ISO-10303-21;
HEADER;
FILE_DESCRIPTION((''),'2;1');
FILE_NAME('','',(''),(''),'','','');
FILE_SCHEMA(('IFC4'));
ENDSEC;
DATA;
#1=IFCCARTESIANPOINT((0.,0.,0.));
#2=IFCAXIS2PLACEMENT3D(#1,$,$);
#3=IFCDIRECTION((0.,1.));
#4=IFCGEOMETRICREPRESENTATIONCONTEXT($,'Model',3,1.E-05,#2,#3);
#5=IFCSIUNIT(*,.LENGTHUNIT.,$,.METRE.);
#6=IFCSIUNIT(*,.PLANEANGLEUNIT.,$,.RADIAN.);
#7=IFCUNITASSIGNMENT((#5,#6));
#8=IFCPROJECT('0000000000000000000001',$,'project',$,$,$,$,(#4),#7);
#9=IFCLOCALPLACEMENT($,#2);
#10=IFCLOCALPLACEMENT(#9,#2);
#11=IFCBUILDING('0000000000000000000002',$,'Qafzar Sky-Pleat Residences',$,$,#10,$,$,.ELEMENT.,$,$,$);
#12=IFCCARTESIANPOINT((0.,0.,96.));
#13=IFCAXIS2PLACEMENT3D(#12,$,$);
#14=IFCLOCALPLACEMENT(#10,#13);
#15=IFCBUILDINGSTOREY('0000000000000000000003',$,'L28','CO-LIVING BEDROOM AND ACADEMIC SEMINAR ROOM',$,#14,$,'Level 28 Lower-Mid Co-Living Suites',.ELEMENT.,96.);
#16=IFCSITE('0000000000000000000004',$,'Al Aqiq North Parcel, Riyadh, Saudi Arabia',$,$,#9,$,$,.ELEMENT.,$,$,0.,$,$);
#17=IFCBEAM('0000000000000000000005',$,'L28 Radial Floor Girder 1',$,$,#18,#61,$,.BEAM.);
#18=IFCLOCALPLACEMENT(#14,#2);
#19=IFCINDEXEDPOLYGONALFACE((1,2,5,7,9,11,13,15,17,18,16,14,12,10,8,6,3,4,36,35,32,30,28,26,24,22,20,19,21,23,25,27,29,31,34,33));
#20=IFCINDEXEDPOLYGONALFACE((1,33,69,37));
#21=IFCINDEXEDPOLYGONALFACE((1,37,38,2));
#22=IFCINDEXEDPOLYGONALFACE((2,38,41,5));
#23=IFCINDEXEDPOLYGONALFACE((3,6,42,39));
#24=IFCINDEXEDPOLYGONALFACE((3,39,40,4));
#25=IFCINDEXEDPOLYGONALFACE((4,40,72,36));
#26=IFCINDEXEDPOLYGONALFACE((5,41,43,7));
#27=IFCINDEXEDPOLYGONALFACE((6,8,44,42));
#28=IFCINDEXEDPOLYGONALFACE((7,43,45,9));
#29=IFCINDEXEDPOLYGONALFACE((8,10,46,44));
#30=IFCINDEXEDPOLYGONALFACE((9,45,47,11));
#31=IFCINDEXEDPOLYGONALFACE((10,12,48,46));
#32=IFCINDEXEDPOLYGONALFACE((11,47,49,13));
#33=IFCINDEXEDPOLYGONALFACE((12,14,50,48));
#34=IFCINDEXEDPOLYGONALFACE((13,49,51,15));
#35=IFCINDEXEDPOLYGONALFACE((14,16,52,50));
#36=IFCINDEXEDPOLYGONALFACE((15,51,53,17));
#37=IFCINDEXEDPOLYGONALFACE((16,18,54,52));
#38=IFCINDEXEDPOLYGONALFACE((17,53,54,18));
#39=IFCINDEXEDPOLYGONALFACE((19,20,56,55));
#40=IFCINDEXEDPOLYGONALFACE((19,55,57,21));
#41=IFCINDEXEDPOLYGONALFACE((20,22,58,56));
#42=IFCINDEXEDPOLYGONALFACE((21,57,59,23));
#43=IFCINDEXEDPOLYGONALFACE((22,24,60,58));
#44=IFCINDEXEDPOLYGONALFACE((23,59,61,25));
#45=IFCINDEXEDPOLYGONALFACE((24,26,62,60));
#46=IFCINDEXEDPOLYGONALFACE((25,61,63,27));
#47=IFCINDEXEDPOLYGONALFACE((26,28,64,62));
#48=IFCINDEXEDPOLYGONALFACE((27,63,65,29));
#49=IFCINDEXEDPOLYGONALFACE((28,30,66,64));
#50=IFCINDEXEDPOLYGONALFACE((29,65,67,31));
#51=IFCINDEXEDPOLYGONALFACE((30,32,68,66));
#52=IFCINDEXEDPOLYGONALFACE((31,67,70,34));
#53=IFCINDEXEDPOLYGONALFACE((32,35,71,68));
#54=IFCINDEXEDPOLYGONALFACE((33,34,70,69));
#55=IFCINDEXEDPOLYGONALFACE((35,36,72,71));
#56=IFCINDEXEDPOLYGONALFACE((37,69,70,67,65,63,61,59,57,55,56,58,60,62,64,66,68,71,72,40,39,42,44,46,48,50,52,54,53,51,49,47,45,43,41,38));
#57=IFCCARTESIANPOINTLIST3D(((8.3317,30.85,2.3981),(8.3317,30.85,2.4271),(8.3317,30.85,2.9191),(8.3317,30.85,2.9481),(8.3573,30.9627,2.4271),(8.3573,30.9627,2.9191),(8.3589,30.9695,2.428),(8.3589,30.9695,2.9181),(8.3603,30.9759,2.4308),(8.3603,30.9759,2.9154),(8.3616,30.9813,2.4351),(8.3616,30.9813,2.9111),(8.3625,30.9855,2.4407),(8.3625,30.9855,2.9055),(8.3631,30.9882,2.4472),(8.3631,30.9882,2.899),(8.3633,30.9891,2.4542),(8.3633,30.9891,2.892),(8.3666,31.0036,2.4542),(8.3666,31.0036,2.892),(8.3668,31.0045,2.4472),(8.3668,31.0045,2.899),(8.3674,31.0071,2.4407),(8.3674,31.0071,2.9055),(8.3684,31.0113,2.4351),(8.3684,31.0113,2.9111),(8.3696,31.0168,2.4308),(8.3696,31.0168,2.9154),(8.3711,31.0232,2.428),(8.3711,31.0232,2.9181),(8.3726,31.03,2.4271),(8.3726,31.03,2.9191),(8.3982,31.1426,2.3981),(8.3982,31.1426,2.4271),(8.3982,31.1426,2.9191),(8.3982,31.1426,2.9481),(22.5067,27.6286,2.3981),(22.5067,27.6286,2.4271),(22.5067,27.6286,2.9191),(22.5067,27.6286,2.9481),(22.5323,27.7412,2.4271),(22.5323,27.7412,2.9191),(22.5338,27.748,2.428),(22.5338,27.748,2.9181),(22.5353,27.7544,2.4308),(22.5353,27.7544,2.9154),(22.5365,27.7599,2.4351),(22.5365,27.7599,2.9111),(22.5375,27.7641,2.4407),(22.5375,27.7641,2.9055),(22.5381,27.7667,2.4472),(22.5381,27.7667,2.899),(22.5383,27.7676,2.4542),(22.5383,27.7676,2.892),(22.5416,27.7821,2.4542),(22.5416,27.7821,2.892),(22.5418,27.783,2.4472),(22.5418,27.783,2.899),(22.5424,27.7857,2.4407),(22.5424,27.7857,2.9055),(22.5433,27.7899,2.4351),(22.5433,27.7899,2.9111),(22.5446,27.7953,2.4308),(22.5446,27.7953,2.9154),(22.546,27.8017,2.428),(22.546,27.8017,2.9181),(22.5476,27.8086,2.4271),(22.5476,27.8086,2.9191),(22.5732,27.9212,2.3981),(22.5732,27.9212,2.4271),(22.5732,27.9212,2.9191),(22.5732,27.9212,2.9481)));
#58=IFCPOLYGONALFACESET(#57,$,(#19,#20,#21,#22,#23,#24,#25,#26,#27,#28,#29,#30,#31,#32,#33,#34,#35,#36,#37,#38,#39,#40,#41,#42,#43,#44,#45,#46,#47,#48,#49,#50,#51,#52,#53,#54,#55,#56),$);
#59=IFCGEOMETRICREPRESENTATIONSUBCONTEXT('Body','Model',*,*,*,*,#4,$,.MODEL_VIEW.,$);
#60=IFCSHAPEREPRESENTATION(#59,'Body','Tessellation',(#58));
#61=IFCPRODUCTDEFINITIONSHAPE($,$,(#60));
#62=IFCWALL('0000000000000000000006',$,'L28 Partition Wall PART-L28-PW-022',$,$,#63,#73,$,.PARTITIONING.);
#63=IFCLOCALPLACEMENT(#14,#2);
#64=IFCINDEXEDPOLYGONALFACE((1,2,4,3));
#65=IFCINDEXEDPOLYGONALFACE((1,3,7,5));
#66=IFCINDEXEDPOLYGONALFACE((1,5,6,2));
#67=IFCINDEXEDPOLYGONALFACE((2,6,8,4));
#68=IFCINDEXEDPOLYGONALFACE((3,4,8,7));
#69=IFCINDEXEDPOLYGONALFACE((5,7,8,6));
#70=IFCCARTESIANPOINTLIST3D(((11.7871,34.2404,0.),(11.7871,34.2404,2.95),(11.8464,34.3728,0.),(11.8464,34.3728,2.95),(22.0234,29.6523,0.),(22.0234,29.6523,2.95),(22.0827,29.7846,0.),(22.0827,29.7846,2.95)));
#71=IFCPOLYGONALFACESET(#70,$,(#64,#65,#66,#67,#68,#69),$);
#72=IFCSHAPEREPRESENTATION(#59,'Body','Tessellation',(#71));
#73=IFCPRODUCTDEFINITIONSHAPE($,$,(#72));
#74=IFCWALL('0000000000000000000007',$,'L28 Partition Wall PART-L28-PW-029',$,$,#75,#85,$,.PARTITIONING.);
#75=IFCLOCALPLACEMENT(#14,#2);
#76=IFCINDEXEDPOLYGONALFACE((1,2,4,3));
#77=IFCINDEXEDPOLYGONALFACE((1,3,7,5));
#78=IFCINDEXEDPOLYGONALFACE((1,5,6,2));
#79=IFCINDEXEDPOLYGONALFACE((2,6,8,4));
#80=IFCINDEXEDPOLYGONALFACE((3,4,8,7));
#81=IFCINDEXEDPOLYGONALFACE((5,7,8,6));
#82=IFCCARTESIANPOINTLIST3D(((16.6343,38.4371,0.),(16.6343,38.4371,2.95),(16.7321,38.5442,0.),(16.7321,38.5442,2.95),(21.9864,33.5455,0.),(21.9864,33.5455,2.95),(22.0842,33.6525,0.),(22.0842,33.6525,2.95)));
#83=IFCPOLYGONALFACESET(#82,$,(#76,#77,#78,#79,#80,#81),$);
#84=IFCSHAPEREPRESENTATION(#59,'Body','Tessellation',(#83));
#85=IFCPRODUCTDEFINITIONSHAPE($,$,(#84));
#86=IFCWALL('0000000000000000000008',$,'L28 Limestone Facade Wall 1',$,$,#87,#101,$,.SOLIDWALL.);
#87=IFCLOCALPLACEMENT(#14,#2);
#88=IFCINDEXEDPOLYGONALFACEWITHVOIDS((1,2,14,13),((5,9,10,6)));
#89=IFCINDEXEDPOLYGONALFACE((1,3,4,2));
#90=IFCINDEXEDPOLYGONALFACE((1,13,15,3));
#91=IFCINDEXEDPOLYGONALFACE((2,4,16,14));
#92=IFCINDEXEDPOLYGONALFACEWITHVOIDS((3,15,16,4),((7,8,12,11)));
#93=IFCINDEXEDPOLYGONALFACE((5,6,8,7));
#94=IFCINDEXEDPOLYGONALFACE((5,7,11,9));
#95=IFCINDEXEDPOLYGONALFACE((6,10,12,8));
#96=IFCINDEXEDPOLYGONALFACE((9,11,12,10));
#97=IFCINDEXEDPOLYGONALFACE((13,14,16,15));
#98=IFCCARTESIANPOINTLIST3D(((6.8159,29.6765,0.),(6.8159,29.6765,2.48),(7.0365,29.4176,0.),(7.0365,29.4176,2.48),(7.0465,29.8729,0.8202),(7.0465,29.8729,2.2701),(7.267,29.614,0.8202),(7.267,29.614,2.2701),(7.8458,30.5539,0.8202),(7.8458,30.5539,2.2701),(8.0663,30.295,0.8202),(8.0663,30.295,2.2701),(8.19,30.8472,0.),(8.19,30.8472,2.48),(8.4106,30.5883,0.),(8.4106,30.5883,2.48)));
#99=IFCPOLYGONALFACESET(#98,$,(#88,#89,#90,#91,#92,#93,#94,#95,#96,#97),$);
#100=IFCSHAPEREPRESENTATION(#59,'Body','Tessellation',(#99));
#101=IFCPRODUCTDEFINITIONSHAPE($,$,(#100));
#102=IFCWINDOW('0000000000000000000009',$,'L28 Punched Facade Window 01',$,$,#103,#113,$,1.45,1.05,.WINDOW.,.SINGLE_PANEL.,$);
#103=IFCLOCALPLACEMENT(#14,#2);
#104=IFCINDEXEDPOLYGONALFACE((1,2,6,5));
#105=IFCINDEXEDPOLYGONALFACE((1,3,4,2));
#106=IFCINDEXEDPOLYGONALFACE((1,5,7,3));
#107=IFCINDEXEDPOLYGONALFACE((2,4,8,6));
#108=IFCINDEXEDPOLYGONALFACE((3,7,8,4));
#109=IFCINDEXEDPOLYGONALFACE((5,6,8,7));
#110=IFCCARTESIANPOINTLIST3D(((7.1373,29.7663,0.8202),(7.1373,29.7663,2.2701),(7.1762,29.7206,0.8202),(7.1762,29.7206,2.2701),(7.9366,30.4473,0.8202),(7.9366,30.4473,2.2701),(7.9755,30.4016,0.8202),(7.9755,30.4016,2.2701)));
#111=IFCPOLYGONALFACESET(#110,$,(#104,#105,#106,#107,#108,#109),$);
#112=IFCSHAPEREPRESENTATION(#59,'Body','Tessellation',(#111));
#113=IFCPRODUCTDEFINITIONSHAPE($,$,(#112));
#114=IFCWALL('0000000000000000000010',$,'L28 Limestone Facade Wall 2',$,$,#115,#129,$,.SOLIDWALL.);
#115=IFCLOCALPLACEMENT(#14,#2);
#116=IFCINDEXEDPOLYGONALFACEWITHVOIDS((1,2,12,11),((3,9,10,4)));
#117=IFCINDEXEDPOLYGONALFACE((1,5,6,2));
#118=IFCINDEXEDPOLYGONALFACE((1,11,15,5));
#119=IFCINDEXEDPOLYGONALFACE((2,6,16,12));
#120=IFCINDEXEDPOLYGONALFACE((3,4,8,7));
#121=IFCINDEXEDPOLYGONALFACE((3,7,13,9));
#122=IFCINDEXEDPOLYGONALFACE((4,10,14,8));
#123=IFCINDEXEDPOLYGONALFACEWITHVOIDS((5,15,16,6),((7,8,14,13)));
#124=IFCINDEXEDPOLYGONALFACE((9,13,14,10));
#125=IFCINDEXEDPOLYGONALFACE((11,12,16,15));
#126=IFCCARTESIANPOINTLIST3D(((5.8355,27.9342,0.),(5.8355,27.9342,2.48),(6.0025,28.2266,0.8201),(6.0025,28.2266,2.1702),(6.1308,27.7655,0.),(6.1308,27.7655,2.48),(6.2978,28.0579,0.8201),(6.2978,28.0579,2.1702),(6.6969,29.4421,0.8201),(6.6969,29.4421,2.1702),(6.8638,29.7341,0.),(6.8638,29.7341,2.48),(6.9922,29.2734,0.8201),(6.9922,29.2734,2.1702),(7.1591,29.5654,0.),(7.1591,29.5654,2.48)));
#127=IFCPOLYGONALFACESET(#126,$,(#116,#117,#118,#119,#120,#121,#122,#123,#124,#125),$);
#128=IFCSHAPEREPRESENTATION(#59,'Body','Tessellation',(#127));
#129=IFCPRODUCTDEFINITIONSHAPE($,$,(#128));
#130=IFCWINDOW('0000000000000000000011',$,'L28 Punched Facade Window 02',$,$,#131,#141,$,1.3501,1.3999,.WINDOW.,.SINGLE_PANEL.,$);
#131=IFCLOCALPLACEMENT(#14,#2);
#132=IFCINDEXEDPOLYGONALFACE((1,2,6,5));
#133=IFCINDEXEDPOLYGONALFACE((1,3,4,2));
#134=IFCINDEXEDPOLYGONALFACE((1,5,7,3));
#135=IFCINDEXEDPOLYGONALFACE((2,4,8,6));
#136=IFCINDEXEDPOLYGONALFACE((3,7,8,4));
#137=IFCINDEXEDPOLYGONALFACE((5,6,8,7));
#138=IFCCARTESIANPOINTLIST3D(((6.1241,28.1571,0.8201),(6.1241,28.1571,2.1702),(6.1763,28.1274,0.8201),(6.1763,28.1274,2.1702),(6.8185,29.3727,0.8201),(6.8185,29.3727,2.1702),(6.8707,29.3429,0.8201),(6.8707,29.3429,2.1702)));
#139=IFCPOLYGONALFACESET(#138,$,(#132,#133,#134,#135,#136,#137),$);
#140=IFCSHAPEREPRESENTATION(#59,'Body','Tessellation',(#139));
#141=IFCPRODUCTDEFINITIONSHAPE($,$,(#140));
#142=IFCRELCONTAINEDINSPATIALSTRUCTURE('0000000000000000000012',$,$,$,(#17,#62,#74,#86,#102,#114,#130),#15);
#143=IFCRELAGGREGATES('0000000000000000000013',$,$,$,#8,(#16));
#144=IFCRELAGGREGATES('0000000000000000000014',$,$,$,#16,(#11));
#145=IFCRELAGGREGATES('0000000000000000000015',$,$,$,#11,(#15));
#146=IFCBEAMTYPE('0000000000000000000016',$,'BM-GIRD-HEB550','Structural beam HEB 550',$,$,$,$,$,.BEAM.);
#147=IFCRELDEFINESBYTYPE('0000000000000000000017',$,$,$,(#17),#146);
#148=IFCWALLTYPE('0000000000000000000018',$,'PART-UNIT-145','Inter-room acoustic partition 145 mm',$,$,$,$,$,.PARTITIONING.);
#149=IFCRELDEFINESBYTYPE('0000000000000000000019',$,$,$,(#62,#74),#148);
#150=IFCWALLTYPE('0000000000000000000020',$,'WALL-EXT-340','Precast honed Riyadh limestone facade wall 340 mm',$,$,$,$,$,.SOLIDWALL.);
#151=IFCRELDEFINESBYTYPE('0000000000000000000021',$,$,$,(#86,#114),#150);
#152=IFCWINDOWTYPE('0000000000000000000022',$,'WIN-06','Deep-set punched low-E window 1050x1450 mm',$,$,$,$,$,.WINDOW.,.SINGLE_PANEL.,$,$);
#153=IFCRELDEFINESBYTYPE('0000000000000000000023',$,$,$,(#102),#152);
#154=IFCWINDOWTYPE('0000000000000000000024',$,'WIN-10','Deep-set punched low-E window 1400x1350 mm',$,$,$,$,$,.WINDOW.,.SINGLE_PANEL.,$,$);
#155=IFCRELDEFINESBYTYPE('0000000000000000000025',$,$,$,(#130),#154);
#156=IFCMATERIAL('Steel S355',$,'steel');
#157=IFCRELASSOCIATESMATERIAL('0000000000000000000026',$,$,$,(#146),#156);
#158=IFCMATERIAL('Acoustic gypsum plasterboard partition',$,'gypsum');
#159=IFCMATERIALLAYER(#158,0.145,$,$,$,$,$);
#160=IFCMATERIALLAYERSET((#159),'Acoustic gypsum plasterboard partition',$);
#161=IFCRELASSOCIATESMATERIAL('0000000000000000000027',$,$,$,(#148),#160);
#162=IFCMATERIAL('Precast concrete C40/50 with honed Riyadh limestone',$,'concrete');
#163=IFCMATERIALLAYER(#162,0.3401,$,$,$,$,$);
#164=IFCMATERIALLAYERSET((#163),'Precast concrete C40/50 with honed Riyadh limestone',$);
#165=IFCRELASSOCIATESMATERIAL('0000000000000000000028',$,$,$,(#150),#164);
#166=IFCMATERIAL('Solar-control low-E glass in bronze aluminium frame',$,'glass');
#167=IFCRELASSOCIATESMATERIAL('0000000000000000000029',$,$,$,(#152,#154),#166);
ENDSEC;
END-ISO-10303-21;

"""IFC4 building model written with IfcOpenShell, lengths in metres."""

from ifc_helpers import new_model, si_unit, direction, frame, frame_2d, origin, origin_2d, place, context, subcontext, project, spatial, rectangle, i_section, extrude, source, transform, mapped, material, layer, layer_set, material_profile, profile_set, type_object, element, fill, save


model = new_model("IFC4")

# Units and contexts
model_context = context("Model", 3, precision=1e-05, world=origin(), true_north=direction((0.0, 1.0)))
body_context = subcontext(model_context, "Body", "Model", "MODEL_VIEW")
ifc_project = project(units=[si_unit("LENGTHUNIT", "METRE"), si_unit("PLANEANGLEUNIT", "RADIAN")], contexts=[model_context])

# Site, building, storey
site_placement = place(None, origin())
site = spatial("IfcSite", under=ifc_project, at=site_placement, Name="Al Aqiq North Parcel, Riyadh, Saudi Arabia", CompositionType="ELEMENT", RefElevation=0.0)
building_placement = place(site_placement, origin())
building = spatial("IfcBuilding", under=site, at=building_placement, Name="Qafzar Sky-Pleat Residences", CompositionType="ELEMENT")
storey_placement = place(building_placement, frame((0.0, 0.0, 96.0)))
storey = spatial("IfcBuildingStorey", under=building, at=storey_placement, Name="L28", Description="CO-LIVING BEDROOM AND ACADEMIC SEMINAR ROOM", LongName="Level 28 Lower-Mid Co-Living Suites", CompositionType="ELEMENT", Elevation=96.0)

# Beam
ifc_material_1 = material(Name="Steel S355", Category="steel")
ifc_material_profile_1 = material_profile(ifc_material_1, i_section(OverallWidth=0.3, OverallDepth=0.55, WebThickness=0.0149, FlangeThickness=0.0291, FilletRadius=0.0271, at=origin_2d()), Name="HEB 550")
ifc_profile_set_1 = profile_set([ifc_material_profile_1], Name="Steel S355")
beam_type_1 = type_object("IfcBeamType", Name="BM-GIRD-HEB550", Description="Structural beam HEB 550", PredefinedType="BEAM", material=ifc_profile_set_1)
shared_shape_1 = source(origin(), body_context, "Body", "SweptSolid", [
    extrude(i_section(OverallWidth=0.3, OverallDepth=0.55, WebThickness=0.0149, FlangeThickness=0.0291, FilletRadius=0.0271, at=origin_2d()), origin(), (0.0, 0.0, 1.0), 14.5364),
])
beam_1_placement = place(storey_placement, frame((8.365, 30.9963, 2.6731), z_axis=(0.975135, -0.221614, 0.0), x_axis=(0.221614, 0.975135, 0.0)))
element("IfcBeam", 1, at=beam_1_placement, inside=storey, type_object=beam_type_1, Name="L28 Radial Floor Girder 1", PredefinedType="BEAM", context=body_context, shape_type="MappedRepresentation", body=[
    mapped(shared_shape_1, transform((0.0, 0.0, 0.0), x_axis=(1.0, 0.0, 0.0), y_axis=(0.0, 1.0, 0.0), z_axis=(0.0, 0.0, 1.0), scale=1.0)),
])

# Walls
ifc_material_2 = material(Name="Acoustic gypsum plasterboard partition", Category="gypsum")
ifc_layer_1 = layer(ifc_material_2, 0.145)
ifc_layer_set_1 = layer_set([ifc_layer_1], Name="Acoustic gypsum plasterboard partition")
wall_type_1 = type_object("IfcWallType", Name="PART-UNIT-145", Description="Inter-room acoustic partition 145 mm", PredefinedType="PARTITIONING", material=ifc_layer_set_1)
wall_1_placement = place(storey_placement, frame((11.8167, 34.3066, 0.0), z_axis=(0.0, 0.0, 1.0), x_axis=(0.912528, -0.409014, 0.0)))
element("IfcWall", 2, at=wall_1_placement, inside=storey, type_object=wall_type_1, Name="L28 Partition Wall PART-L28-PW-022", PredefinedType="PARTITIONING", context=body_context, shape_type="SweptSolid", body=[
    extrude(rectangle(XDim=11.2175, YDim=0.145, at=frame_2d((5.6089, 0.0))), origin(), (0.0, 0.0, 1.0), 2.95),
])
wall_2_placement = place(storey_placement, frame((16.6831, 38.4907, 0.0), z_axis=(0.0, 0.0, 1.0), x_axis=(0.738146, -0.674641, 0.0)))
element("IfcWall", 3, at=wall_2_placement, inside=storey, type_object=wall_type_1, Name="L28 Partition Wall PART-L28-PW-029", PredefinedType="PARTITIONING", context=body_context, shape_type="SweptSolid", body=[
    extrude(rectangle(XDim=7.2507, YDim=0.145, at=frame_2d((3.6255, 0.0))), origin(), (0.0, 0.0, 1.0), 2.95),
])

# Walls, openings, windows
ifc_material_3 = material(Name="Precast concrete C40/50 with honed Riyadh limestone", Category="concrete")
ifc_layer_2 = layer(ifc_material_3, 0.3401)
ifc_layer_set_2 = layer_set([ifc_layer_2], Name="Precast concrete C40/50 with honed Riyadh limestone")
wall_type_2 = type_object("IfcWallType", Name="WALL-EXT-340", Description="Precast honed Riyadh limestone facade wall 340 mm", PredefinedType="SOLIDWALL", material=ifc_layer_set_2)
wall_3_placement = place(storey_placement, frame((8.3003, 30.7178, 0.0), z_axis=(0.0, 0.0, 1.0), x_axis=(-0.761191, -0.648527, 0.0)))
wall_3 = element("IfcWall", 4, at=wall_3_placement, inside=storey, type_object=wall_type_2, Name="L28 Limestone Facade Wall 1", PredefinedType="SOLIDWALL", context=body_context, shape_type="SweptSolid", body=[
    extrude(rectangle(XDim=1.8052, YDim=0.3401, at=frame_2d((0.9026, 0.0))), origin(), (0.0, 0.0, 1.0), 2.48),
])
opening_1_placement = place(wall_3_placement, frame((0.4524, 0.0, 0.8201)))
opening_1 = element("IfcOpeningElement", 5, at=opening_1_placement, cuts=wall_3, PredefinedType="OPENING", context=body_context, shape_type="SweptSolid", body=[
    extrude(rectangle(XDim=1.05, YDim=1.45, at=frame_2d((0.5249, 0.7251))), frame((0.0, 0.1802, 0.0), z_axis=(0.0, -1.0, 0.0), x_axis=(1.0, 0.0, 0.0)), (0.0, 0.0, 1.0), 0.3601),
])
ifc_material_4 = material(Name="Solar-control low-E glass in bronze aluminium frame", Category="glass")
window_type_1 = type_object("IfcWindowType", Name="WIN-06", Description="Deep-set punched low-E window 1050x1450 mm", PartitioningType="SINGLE_PANEL", PredefinedType="WINDOW", material=ifc_material_4)
shared_shape_2 = source(origin(), body_context, "Body", "SweptSolid", [
    extrude(rectangle(XDim=1.05, YDim=1.45, at=frame_2d((0.5249, 0.7251))), frame((0.0, 0.03, 0.0), z_axis=(0.0, -1.0, 0.0), x_axis=(1.0, 0.0, 0.0)), (0.0, 0.0, 1.0), 0.0601),
])
window_1_placement = place(opening_1_placement, origin())
window_1 = element("IfcWindow", 6, at=window_1_placement, inside=storey, type_object=window_type_1, Name="L28 Punched Facade Window 01", OverallHeight=1.45, OverallWidth=1.05, PartitioningType="SINGLE_PANEL", PredefinedType="WINDOW", context=body_context, shape_type="MappedRepresentation", body=[
    mapped(shared_shape_2, transform((0.0, 0.0, 0.0), x_axis=(1.0, 0.0, 0.0), y_axis=(0.0, 1.0, 0.0), z_axis=(0.0, 0.0, 1.0), scale=1.0)),
])
fill(opening_1, window_1)
wall_4_placement = place(storey_placement, frame((7.0115, 29.6499, 0.0), z_axis=(0.0, 0.0, 1.0), x_axis=(-0.496037, -0.868301, 0.0)))
wall_4 = element("IfcWall", 7, at=wall_4_placement, inside=storey, type_object=wall_type_2, Name="L28 Limestone Facade Wall 2", PredefinedType="SOLIDWALL", context=body_context, shape_type="SweptSolid", body=[
    extrude(rectangle(XDim=2.073, YDim=0.3401, at=frame_2d((1.0366, 0.0))), origin(), (0.0, 0.0, 1.0), 2.48),
])
opening_2_placement = place(wall_4_placement, frame((0.3364, 0.0, 0.8201)))
opening_2 = element("IfcOpeningElement", 8, at=opening_2_placement, cuts=wall_4, PredefinedType="OPENING", context=body_context, shape_type="SweptSolid", body=[
    extrude(rectangle(XDim=1.3999, YDim=1.3501, at=frame_2d((0.7, 0.675))), frame((0.0, 0.1802, 0.0), z_axis=(0.0, -1.0, 0.0), x_axis=(1.0, 0.0, 0.0)), (0.0, 0.0, 1.0), 0.3601),
])
window_type_2 = type_object("IfcWindowType", Name="WIN-10", Description="Deep-set punched low-E window 1400x1350 mm", PartitioningType="SINGLE_PANEL", PredefinedType="WINDOW", material=ifc_material_4)
shared_shape_3 = source(origin(), body_context, "Body", "SweptSolid", [
    extrude(rectangle(XDim=1.3999, YDim=1.3501, at=frame_2d((0.7, 0.675))), frame((0.0, 0.03, 0.0), z_axis=(0.0, -1.0, 0.0), x_axis=(1.0, 0.0, 0.0)), (0.0, 0.0, 1.0), 0.0601),
])
window_2_placement = place(opening_2_placement, origin())
window_2 = element("IfcWindow", 9, at=window_2_placement, inside=storey, type_object=window_type_2, Name="L28 Punched Facade Window 02", OverallHeight=1.3501, OverallWidth=1.3999, PartitioningType="SINGLE_PANEL", PredefinedType="WINDOW", context=body_context, shape_type="MappedRepresentation", body=[
    mapped(shared_shape_3, transform((0.0, 0.0, 0.0), x_axis=(1.0, 0.0, 0.0), y_axis=(0.0, 1.0, 0.0), z_axis=(0.0, 0.0, 1.0), scale=1.0)),
])
fill(opening_2, window_2)

save(model, "model.ifc")
